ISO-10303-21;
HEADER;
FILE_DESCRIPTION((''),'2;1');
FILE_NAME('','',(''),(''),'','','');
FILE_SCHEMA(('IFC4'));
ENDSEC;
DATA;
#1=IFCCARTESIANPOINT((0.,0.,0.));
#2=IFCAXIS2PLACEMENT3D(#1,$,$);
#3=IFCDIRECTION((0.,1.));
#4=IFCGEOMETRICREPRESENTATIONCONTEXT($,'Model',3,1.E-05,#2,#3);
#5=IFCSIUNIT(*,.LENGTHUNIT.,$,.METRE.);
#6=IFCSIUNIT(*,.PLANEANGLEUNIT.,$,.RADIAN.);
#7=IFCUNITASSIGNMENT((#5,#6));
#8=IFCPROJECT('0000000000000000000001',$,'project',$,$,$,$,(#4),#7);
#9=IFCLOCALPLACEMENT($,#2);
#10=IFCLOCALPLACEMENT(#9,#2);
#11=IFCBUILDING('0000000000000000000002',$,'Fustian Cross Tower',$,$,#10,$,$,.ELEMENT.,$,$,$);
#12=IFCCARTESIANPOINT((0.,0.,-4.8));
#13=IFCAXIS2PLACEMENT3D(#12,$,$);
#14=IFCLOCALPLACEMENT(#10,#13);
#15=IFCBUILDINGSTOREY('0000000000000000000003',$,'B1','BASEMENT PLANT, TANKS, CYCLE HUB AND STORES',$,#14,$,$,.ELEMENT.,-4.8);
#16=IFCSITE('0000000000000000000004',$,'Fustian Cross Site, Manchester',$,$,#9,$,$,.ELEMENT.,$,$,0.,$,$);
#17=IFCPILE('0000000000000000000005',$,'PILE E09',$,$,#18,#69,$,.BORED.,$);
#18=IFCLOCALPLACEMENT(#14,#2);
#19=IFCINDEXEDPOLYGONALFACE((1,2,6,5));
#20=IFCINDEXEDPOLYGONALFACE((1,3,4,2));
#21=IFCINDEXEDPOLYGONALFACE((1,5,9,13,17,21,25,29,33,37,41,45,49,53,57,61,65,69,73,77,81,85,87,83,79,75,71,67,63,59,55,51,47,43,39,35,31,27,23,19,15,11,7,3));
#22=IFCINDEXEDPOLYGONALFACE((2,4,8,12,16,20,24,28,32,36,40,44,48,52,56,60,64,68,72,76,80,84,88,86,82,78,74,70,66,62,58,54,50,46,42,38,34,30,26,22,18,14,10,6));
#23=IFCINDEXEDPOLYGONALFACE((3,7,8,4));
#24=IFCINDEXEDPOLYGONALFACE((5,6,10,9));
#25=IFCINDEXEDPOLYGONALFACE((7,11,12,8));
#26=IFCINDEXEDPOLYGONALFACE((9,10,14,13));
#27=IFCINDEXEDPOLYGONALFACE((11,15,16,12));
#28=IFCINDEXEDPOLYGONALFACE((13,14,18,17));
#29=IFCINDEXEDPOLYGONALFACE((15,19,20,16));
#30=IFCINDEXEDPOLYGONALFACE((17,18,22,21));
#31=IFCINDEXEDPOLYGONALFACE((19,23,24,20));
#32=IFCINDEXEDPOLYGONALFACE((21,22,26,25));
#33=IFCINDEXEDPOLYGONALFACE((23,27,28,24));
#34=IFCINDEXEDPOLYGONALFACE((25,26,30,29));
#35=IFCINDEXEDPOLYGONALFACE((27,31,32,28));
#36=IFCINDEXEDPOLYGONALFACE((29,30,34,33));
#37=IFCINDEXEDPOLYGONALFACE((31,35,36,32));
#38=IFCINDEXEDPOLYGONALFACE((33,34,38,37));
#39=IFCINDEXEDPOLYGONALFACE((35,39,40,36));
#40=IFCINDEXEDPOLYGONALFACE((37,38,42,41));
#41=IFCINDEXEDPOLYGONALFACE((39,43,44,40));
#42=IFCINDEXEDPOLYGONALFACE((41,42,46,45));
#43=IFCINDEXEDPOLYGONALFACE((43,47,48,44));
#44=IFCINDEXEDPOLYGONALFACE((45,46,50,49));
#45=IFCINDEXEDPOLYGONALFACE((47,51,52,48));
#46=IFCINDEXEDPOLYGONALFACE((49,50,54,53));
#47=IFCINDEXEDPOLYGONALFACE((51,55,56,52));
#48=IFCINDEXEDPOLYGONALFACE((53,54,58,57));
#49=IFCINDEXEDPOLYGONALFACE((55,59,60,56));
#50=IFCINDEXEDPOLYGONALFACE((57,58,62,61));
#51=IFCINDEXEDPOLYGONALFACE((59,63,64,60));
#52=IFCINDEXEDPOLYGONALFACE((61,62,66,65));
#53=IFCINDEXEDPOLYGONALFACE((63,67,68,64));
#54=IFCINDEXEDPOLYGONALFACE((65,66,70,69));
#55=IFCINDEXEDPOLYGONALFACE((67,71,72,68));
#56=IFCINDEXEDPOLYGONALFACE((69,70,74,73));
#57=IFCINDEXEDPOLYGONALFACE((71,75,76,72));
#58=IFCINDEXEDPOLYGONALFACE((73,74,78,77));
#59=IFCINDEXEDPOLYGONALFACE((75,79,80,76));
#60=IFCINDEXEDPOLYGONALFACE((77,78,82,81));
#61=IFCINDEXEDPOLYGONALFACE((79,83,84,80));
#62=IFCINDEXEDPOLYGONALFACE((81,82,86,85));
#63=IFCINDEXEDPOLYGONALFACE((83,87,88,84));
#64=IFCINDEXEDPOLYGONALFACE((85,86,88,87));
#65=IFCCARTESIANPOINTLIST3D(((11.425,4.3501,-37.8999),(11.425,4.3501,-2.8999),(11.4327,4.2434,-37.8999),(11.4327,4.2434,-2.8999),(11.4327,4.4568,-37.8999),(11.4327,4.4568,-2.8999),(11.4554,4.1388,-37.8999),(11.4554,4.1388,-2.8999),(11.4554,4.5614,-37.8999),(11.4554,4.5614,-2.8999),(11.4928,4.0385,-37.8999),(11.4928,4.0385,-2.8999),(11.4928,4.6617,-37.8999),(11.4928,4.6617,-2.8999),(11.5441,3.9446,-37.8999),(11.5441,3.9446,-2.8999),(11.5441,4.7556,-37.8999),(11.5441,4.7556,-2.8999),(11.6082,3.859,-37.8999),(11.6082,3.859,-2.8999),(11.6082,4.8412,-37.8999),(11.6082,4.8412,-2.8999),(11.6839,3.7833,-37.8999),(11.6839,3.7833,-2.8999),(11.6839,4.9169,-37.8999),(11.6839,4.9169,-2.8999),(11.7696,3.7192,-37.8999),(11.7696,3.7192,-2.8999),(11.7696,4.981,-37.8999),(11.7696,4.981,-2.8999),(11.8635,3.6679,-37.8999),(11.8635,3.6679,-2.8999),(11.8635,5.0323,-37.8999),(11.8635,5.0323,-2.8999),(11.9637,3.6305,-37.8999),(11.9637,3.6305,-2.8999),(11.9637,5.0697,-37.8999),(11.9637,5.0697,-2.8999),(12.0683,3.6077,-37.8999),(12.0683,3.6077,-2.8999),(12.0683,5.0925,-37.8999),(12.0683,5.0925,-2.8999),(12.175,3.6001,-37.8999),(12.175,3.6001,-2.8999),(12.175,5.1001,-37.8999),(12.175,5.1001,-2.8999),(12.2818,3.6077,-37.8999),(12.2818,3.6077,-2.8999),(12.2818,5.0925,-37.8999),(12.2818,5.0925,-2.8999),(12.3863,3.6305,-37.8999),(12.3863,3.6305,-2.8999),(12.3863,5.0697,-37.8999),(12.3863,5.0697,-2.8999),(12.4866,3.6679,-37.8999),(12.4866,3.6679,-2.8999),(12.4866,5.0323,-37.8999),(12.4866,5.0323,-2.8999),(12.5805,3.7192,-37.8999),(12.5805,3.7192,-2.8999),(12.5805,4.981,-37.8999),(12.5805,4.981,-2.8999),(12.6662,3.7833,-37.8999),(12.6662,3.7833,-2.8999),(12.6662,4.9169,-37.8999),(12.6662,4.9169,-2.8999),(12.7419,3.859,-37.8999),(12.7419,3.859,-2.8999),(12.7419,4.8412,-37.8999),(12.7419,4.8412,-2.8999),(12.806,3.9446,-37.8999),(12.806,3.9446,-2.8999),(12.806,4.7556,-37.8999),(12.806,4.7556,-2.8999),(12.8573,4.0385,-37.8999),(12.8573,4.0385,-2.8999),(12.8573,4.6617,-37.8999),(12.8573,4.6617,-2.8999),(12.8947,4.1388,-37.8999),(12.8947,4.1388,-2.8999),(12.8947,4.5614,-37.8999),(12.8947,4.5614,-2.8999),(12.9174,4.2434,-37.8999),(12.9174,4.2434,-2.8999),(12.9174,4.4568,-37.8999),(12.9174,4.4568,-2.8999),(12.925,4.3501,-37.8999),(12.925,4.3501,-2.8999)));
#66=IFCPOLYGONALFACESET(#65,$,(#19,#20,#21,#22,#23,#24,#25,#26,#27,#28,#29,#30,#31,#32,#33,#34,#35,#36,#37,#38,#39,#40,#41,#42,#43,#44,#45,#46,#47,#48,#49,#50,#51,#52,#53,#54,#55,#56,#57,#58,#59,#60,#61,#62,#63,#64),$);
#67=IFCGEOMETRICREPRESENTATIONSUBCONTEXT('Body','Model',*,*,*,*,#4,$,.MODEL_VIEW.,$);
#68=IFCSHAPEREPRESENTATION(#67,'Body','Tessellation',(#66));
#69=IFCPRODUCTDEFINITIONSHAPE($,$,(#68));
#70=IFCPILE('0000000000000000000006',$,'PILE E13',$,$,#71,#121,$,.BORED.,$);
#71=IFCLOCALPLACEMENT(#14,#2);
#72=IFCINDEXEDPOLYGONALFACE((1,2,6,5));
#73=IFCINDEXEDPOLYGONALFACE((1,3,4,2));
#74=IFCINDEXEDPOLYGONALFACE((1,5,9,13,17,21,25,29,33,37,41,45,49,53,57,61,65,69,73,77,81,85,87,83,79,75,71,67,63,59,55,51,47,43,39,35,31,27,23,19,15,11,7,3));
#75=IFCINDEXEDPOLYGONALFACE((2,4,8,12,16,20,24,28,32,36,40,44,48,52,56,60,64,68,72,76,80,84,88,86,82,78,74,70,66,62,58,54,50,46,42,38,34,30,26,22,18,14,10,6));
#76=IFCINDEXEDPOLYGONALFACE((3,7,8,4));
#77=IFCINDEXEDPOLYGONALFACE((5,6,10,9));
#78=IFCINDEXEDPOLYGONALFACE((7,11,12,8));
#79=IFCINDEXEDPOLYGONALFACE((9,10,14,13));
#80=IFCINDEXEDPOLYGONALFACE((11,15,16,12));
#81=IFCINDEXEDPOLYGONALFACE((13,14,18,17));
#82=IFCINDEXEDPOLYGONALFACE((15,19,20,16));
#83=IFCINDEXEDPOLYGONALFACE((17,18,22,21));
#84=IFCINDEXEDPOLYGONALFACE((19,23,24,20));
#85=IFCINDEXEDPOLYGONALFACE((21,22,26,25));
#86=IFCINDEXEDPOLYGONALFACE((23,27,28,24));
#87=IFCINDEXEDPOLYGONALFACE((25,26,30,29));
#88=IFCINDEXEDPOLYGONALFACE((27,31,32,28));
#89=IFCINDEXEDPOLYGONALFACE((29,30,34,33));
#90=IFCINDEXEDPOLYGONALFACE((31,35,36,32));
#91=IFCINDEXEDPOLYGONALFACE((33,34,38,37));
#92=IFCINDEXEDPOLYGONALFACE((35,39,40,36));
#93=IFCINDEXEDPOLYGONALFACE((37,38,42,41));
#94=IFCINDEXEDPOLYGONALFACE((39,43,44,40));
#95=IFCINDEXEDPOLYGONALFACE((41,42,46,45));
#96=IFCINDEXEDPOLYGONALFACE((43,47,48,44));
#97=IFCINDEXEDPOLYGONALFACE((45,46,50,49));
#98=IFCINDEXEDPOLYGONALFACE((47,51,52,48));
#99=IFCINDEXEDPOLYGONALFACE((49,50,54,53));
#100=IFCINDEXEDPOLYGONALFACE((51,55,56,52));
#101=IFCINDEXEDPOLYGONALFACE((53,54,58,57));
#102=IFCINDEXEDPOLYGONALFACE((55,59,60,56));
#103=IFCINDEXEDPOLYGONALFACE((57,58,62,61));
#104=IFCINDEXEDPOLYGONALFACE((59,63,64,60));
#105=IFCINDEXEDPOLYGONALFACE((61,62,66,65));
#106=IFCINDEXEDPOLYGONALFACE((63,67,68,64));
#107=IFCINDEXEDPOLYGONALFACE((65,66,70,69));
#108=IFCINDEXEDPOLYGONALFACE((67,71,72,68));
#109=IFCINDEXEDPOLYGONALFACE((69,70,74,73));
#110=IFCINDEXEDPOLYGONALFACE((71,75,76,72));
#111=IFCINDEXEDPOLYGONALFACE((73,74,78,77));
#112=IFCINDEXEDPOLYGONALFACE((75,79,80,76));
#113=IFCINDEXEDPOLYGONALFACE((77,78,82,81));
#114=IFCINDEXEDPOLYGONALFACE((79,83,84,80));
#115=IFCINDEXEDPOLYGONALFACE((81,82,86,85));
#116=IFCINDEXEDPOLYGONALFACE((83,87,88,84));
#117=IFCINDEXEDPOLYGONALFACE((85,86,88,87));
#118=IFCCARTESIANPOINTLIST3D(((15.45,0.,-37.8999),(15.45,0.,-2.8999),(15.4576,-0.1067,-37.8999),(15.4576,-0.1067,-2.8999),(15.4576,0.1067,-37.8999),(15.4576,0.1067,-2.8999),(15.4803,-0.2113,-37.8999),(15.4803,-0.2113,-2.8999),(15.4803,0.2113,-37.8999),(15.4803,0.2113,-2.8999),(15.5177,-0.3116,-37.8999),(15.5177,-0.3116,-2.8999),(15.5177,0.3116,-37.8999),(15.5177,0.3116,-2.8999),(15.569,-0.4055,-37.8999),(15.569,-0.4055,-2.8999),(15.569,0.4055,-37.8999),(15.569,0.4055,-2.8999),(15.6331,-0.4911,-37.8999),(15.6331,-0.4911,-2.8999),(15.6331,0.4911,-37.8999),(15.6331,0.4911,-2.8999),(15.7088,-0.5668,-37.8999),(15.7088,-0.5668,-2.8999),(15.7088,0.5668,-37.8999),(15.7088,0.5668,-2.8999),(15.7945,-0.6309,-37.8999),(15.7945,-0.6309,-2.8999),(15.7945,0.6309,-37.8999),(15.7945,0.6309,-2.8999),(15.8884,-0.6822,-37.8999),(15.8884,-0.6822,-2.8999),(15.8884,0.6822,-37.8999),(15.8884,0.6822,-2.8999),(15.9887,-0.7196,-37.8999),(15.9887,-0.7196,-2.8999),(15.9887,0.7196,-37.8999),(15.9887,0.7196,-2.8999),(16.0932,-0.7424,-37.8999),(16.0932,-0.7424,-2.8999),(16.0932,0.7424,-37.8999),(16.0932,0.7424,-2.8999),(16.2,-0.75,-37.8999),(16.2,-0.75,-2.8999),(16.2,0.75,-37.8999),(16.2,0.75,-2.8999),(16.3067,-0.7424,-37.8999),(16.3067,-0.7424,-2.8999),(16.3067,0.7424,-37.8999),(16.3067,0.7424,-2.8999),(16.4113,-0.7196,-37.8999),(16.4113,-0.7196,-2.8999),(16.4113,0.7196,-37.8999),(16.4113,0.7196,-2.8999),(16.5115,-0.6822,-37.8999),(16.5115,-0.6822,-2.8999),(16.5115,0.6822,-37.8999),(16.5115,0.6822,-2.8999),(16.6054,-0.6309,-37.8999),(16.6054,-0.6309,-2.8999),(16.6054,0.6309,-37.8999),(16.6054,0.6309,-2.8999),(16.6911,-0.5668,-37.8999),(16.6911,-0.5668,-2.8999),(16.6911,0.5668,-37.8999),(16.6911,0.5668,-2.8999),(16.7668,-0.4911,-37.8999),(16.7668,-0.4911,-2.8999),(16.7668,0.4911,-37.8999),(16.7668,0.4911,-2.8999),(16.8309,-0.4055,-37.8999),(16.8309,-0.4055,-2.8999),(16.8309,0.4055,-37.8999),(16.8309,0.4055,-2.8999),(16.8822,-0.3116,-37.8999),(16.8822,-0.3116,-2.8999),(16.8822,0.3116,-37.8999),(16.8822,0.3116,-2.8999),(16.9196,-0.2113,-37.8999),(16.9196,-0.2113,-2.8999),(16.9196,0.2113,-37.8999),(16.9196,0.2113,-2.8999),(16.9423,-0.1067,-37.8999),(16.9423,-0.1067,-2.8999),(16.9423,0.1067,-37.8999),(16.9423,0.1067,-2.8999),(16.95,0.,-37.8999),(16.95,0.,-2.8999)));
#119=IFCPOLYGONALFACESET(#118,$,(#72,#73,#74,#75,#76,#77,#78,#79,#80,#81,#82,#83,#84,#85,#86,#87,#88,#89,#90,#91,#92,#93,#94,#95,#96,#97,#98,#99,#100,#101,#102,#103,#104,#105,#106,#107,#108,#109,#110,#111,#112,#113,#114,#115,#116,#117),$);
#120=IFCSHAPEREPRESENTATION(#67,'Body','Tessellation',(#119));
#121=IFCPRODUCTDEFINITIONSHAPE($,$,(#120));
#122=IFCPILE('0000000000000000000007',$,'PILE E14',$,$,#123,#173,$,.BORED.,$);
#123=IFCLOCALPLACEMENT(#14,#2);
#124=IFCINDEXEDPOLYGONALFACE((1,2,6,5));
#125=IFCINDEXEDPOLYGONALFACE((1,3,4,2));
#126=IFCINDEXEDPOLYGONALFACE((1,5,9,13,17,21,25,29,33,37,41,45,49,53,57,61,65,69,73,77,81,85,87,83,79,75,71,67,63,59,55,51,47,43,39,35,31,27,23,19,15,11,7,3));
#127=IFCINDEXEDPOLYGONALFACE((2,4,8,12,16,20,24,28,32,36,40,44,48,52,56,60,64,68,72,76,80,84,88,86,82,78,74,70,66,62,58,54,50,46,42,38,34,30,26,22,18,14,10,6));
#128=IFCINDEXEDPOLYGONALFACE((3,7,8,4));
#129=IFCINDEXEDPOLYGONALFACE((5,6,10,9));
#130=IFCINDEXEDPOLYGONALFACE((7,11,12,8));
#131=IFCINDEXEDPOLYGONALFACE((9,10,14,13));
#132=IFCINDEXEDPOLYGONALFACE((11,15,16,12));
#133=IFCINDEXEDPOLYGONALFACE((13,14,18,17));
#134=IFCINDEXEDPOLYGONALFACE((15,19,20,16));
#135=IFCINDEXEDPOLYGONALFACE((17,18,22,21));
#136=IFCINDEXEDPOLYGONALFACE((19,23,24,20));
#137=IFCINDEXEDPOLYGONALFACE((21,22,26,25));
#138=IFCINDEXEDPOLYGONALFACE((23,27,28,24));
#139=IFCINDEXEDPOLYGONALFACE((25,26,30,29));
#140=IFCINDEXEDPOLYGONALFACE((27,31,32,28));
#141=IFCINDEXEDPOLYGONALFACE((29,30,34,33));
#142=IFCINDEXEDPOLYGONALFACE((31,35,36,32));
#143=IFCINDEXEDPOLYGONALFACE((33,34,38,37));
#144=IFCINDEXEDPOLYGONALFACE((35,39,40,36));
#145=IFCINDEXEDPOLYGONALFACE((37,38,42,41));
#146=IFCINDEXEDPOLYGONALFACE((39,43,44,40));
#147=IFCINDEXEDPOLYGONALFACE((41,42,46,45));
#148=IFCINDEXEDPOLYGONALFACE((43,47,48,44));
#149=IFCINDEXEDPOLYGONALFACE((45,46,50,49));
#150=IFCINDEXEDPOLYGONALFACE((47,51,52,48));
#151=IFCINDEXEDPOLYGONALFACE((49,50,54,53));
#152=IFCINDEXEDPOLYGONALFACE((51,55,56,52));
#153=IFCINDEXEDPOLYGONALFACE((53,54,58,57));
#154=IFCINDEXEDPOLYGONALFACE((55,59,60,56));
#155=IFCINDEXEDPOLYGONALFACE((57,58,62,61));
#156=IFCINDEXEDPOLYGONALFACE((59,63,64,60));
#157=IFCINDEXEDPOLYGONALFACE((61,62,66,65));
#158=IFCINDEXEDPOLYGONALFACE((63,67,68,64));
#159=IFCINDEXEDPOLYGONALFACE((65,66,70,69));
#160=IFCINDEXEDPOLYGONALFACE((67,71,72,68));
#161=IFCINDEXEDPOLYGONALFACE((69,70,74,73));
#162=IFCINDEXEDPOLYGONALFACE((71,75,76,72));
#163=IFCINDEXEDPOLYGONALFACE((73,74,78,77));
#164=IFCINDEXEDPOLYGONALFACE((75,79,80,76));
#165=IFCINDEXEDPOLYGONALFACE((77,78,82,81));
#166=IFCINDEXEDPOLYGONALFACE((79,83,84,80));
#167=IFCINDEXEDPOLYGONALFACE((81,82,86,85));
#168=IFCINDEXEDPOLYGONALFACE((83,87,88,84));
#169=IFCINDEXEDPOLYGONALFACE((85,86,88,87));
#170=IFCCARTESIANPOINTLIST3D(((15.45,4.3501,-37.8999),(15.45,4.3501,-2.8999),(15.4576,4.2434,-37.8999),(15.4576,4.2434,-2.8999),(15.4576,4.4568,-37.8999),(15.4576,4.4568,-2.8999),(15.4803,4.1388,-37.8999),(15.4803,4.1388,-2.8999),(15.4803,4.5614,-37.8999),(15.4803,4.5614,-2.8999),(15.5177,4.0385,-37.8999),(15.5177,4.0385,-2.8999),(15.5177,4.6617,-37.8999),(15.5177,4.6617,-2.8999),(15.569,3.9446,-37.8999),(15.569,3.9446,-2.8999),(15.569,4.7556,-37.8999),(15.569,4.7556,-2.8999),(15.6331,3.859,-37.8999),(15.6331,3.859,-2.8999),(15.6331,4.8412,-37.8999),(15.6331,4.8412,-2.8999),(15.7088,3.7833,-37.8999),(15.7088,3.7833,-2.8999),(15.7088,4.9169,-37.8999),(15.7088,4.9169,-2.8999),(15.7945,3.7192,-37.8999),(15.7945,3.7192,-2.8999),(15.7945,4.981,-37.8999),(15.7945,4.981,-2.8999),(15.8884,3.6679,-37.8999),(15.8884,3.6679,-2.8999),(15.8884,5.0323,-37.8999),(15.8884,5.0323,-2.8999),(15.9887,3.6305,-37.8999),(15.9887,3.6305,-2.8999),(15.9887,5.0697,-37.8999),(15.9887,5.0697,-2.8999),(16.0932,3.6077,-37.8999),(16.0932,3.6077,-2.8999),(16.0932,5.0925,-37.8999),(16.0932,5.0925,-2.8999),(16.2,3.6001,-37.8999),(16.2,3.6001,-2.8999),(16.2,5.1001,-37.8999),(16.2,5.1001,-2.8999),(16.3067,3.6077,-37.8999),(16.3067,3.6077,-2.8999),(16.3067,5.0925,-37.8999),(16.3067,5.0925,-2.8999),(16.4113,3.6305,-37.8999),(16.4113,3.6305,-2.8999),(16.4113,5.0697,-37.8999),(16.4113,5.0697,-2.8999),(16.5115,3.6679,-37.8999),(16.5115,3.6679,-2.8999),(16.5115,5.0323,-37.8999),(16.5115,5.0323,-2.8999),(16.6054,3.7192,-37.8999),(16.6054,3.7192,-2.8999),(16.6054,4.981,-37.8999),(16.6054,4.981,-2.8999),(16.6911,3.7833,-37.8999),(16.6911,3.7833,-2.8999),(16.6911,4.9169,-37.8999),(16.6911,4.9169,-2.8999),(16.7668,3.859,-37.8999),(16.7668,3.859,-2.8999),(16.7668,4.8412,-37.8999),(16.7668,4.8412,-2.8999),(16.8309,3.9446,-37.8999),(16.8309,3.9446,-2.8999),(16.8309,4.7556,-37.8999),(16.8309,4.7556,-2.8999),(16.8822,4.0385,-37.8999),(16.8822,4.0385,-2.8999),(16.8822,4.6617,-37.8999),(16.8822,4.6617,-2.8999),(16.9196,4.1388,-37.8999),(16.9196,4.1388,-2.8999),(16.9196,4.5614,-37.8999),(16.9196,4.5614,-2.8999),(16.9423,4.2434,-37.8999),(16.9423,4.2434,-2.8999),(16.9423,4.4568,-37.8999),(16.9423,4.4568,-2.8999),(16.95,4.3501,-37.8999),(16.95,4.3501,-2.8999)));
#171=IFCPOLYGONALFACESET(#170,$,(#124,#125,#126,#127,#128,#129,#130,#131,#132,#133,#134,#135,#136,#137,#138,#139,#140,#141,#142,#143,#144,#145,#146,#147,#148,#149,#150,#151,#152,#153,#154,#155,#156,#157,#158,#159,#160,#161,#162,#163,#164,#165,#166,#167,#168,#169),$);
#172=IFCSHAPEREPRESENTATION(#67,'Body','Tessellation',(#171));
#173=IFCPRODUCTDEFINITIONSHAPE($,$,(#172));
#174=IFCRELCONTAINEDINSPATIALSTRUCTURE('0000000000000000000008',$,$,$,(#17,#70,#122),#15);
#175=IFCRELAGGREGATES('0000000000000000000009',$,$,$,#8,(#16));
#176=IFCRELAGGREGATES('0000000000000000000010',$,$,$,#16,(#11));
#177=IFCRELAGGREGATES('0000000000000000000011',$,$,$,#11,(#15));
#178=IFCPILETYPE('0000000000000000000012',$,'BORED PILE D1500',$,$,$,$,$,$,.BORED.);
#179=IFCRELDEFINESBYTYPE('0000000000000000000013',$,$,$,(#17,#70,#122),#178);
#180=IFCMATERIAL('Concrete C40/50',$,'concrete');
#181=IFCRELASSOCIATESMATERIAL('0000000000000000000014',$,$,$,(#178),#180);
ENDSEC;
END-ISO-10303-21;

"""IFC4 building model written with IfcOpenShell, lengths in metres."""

from ifc_helpers import new_model, si_unit, direction, frame, origin, origin_2d, place, context, subcontext, project, spatial, circle, extrude, material, material_profile, profile_set, type_object, element, save


model = new_model("IFC4")

# Units and contexts
model_context = context("Model", 3, precision=1e-05, world=origin(), true_north=direction((0.0, 1.0)))
body_context = subcontext(model_context, "Body", "Model", "MODEL_VIEW")
ifc_project = project(units=[si_unit("LENGTHUNIT", "METRE"), si_unit("PLANEANGLEUNIT", "RADIAN")], contexts=[model_context])

# Site, building, storey
site_placement = place(None, origin())
site = spatial("IfcSite", under=ifc_project, at=site_placement, Name="Fustian Cross Site, Manchester", CompositionType="ELEMENT", RefElevation=0.0)
building_placement = place(site_placement, origin())
building = spatial("IfcBuilding", under=site, at=building_placement, Name="Fustian Cross Tower", CompositionType="ELEMENT")
storey_placement = place(building_placement, frame((0.0, 0.0, -4.8)))
storey = spatial("IfcBuildingStorey", under=building, at=storey_placement, Name="B1", Description="BASEMENT PLANT, TANKS, CYCLE HUB AND STORES", CompositionType="ELEMENT", Elevation=-4.8)

# Piles
ifc_material_1 = material(Name="Concrete C40/50", Category="concrete")
ifc_material_profile = material_profile(ifc_material_1, circle(Radius=0.75, at=origin_2d()), Name="BORED PILE D1500")
ifc_profile_set = profile_set([ifc_material_profile], Name="Concrete C40/50")
pile_type = type_object("IfcPileType", Name="BORED PILE D1500", PredefinedType="BORED", material=ifc_profile_set)
for number, where, z_axis, x_axis, name in (
    (1, (12.175, 4.3501, -2.8999), (0.0, 0.0, -1.0), (1.0, 0.0, 0.0), "PILE E09"),
    (2, (16.2, 0.0, -2.8999), (0.0, 0.0, -1.0), (1.0, 0.0, 0.0), "PILE E13"),
    (3, (16.2, 4.3501, -2.8999), (0.0, 0.0, -1.0), (1.0, 0.0, 0.0), "PILE E14"),
):
    element("IfcPile", number, at=place(storey_placement, frame(where, z_axis=z_axis, x_axis=x_axis)), inside=storey, type_object=pile_type, Name=name, PredefinedType="BORED", context=body_context, shape_type="SweptSolid", body=[
        extrude(circle(Radius=0.75, at=origin_2d()), origin(), (0.0, 0.0, 1.0), 35.0),
    ])

save(model, "model.ifc")
